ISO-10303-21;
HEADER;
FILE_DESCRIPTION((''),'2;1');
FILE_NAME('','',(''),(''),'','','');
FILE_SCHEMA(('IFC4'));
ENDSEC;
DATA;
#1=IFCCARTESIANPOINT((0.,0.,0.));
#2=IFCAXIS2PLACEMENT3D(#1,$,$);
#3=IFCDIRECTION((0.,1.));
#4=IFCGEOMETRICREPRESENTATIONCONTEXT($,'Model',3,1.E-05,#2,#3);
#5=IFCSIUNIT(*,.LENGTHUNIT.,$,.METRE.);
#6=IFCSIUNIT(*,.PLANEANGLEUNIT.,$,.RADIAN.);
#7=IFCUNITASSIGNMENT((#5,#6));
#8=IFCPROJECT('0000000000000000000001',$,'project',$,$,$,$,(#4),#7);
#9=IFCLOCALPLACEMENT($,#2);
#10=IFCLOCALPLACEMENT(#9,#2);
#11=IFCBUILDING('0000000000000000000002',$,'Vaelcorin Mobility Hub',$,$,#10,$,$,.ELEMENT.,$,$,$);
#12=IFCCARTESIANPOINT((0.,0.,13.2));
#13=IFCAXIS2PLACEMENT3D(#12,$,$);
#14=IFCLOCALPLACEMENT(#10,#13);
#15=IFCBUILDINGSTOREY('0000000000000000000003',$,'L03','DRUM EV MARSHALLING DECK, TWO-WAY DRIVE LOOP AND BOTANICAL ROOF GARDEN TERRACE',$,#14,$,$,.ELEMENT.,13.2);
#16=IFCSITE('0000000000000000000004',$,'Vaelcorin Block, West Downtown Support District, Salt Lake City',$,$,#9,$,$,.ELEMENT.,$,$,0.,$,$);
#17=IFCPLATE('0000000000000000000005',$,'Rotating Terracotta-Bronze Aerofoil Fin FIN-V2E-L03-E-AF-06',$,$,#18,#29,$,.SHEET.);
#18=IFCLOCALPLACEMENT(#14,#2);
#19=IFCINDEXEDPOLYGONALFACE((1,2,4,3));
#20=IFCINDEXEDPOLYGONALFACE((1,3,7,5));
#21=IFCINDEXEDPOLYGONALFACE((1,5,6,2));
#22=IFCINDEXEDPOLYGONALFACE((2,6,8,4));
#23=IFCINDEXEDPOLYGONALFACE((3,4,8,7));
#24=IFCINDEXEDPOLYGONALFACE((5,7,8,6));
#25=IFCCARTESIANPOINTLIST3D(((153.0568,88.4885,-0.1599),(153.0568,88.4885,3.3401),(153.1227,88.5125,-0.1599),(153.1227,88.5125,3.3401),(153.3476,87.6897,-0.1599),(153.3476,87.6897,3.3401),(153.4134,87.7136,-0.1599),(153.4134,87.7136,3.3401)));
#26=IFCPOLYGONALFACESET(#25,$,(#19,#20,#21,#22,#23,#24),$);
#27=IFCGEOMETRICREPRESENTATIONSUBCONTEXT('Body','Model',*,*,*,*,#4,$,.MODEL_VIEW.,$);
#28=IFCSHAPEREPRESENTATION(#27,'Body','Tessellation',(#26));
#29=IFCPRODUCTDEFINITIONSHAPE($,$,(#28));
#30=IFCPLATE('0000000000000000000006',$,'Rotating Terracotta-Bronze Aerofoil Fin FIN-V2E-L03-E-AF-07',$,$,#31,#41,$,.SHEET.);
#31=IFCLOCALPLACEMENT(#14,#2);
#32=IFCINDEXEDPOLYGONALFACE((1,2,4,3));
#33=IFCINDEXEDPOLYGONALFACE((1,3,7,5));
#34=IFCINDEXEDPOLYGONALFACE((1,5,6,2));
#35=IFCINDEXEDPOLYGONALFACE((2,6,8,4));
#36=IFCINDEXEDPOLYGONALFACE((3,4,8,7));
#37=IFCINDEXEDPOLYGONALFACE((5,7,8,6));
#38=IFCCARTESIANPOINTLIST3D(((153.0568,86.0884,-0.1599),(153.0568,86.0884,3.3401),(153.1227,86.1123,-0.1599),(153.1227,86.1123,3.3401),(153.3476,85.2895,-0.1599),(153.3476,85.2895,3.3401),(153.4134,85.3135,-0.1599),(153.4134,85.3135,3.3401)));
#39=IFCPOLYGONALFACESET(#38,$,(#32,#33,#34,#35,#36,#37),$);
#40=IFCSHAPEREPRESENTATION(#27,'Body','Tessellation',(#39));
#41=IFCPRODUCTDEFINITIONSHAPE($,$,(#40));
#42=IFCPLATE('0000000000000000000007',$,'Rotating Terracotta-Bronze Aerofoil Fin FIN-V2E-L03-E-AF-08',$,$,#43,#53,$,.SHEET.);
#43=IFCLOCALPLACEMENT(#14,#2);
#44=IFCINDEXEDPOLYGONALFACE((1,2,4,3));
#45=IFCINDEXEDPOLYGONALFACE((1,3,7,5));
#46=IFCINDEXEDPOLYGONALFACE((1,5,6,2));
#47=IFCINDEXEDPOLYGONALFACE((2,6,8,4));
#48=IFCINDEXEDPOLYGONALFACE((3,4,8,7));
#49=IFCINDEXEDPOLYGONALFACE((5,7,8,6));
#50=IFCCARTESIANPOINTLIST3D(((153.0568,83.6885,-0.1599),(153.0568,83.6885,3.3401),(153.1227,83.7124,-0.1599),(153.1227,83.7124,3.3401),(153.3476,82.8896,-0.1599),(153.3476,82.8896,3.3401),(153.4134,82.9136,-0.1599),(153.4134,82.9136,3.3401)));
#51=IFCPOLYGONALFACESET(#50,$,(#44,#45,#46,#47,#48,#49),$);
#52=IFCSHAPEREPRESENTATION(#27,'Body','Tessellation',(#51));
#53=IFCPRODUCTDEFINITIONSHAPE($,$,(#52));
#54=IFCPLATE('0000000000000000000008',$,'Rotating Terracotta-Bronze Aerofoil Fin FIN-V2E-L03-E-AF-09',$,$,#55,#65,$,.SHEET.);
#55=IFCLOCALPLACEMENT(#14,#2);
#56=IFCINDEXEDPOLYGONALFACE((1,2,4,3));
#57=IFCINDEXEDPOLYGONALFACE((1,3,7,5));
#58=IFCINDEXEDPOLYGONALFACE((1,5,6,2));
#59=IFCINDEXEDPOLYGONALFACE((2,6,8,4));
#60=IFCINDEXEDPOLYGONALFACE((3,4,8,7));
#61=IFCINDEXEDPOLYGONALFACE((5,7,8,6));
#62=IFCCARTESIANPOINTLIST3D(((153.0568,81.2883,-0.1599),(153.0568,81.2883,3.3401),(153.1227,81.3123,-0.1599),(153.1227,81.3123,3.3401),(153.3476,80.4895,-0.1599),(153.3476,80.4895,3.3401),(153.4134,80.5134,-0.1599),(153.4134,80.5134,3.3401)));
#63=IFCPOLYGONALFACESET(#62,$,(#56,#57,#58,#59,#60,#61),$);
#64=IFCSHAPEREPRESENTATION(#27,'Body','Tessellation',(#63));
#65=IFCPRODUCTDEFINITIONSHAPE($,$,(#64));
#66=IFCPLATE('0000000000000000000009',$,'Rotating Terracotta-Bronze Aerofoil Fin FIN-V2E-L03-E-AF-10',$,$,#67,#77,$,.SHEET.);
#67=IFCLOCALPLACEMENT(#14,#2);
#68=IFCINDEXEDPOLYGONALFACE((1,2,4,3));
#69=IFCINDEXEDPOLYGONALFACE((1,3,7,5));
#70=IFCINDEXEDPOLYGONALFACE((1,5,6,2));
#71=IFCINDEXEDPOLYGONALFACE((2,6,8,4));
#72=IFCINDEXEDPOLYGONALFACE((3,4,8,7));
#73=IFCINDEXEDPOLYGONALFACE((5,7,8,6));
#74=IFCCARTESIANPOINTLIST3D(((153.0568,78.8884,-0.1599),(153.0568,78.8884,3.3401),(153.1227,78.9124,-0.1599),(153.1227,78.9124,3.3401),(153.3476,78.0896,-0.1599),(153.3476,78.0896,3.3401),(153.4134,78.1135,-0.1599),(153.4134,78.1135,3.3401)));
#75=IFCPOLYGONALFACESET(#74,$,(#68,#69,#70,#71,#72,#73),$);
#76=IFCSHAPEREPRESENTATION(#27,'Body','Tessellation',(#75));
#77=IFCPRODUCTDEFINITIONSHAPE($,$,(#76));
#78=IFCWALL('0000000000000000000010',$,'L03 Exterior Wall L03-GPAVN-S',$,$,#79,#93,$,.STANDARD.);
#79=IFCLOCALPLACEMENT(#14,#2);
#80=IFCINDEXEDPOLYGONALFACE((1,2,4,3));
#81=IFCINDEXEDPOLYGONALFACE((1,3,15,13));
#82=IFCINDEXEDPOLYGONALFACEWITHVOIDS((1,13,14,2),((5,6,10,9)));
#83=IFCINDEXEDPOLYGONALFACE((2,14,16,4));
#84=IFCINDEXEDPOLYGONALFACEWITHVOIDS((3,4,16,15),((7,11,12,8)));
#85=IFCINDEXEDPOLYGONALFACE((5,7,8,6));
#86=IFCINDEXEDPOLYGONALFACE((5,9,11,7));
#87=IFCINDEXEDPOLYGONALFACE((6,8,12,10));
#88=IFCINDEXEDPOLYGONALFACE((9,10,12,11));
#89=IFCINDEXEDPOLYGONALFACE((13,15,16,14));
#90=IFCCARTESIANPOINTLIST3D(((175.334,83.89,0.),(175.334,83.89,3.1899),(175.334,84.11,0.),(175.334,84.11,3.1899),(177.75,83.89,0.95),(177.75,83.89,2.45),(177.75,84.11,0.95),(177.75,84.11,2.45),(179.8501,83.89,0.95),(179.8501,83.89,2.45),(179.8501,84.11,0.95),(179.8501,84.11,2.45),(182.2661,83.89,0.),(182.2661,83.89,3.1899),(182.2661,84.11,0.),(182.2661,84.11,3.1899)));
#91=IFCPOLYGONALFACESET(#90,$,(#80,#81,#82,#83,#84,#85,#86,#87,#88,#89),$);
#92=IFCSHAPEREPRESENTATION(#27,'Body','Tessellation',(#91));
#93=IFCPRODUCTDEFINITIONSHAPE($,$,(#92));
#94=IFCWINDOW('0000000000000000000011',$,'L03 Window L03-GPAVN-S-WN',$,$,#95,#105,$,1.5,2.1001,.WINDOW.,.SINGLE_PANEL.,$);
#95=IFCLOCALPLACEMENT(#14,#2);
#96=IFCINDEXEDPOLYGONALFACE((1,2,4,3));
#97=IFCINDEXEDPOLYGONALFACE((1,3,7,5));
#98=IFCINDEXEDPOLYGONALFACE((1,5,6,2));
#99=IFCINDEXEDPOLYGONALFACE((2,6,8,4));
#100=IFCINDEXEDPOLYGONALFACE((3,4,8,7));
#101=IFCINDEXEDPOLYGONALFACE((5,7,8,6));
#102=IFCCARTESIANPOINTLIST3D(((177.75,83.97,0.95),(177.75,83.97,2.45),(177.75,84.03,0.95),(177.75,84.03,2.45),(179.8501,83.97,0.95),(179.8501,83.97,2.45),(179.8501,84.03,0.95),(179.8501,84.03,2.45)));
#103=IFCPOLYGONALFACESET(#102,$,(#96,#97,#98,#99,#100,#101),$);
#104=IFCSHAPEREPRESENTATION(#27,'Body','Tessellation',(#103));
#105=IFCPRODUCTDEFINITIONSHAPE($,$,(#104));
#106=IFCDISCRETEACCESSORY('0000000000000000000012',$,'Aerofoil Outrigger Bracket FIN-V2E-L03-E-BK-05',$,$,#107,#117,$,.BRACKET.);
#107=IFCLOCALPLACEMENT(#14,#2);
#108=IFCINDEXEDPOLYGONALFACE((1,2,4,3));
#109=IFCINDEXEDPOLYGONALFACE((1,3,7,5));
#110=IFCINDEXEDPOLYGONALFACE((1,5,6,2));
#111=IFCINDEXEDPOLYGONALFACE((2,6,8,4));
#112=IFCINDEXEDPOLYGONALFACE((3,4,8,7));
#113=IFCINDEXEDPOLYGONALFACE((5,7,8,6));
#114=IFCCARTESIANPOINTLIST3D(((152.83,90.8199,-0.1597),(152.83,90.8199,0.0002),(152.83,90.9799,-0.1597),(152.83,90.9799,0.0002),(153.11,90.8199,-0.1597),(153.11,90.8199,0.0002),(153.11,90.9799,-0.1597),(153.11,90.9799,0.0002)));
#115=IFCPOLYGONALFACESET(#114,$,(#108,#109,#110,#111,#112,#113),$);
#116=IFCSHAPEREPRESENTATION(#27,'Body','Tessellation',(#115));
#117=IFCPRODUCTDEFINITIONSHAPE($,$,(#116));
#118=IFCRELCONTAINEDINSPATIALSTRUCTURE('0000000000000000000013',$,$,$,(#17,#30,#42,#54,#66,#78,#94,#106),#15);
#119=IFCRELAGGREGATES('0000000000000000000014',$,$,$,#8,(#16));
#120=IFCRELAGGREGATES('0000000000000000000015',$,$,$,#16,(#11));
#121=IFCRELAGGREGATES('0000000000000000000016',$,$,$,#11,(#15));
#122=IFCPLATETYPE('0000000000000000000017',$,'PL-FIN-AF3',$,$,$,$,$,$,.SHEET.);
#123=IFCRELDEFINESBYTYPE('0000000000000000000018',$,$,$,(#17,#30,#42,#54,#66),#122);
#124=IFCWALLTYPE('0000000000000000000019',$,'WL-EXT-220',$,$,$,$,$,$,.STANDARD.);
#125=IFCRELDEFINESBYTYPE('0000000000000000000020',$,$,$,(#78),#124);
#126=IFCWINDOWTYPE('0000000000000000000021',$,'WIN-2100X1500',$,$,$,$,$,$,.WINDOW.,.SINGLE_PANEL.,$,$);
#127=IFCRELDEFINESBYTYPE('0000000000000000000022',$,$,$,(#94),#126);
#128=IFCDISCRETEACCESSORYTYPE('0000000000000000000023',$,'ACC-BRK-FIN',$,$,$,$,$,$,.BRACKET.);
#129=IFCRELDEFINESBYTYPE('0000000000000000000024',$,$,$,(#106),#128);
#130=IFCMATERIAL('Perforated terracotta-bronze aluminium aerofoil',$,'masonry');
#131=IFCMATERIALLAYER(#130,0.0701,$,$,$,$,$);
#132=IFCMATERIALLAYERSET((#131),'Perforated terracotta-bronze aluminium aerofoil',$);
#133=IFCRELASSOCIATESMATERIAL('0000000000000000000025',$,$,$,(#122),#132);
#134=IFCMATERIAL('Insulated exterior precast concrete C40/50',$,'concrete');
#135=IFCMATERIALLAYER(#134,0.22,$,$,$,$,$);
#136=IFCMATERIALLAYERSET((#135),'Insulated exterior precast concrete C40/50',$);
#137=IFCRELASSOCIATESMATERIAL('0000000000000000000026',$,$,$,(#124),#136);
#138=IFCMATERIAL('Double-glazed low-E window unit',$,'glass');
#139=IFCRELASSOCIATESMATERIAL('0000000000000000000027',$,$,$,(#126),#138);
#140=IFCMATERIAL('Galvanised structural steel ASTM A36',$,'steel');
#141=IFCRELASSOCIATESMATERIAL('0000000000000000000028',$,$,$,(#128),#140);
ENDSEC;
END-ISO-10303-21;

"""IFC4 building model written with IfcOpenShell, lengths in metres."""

from ifc_helpers import new_model, si_unit, direction, frame, frame_2d, origin, origin_2d, place, context, subcontext, project, spatial, rectangle, extrude, material, layer, layer_set, type_object, element, fill, save


model = new_model("IFC4")

# Units and contexts
model_context = context("Model", 3, precision=1e-05, world=origin(), true_north=direction((0.0, 1.0)))
body_context = subcontext(model_context, "Body", "Model", "MODEL_VIEW")
ifc_project = project(units=[si_unit("LENGTHUNIT", "METRE"), si_unit("PLANEANGLEUNIT", "RADIAN")], contexts=[model_context])

# Site, building, storey
site_placement = place(None, origin())
site = spatial("IfcSite", under=ifc_project, at=site_placement, Name="Vaelcorin Block, West Downtown Support District, Salt Lake City", CompositionType="ELEMENT", RefElevation=0.0)
building_placement = place(site_placement, origin())
building = spatial("IfcBuilding", under=site, at=building_placement, Name="Vaelcorin Mobility Hub", CompositionType="ELEMENT")
storey_placement = place(building_placement, frame((0.0, 0.0, 13.2)))
storey = spatial("IfcBuildingStorey", under=building, at=storey_placement, Name="L03", Description="DRUM EV MARSHALLING DECK, TWO-WAY DRIVE LOOP AND BOTANICAL ROOF GARDEN TERRACE", CompositionType="ELEMENT", Elevation=13.2)

# Plates
ifc_material_1 = material(Name="Perforated terracotta-bronze aluminium aerofoil", Category="masonry")
ifc_layer_1 = layer(ifc_material_1, 0.0701)
ifc_layer_set_1 = layer_set([ifc_layer_1], Name="Perforated terracotta-bronze aluminium aerofoil")
plate_type = type_object("IfcPlateType", Name="PL-FIN-AF3", PredefinedType="SHEET", material=ifc_layer_set_1)
for number, where, z_axis, x_axis, name in (
    (1, (153.2351, 88.1011, -0.1599), (0.0, 0.0, 1.0), (0.34202, -0.939693, 0.0), "Rotating Terracotta-Bronze Aerofoil Fin FIN-V2E-L03-E-AF-06"),
    (2, (153.2351, 85.7009, -0.1599), (0.0, 0.0, 1.0), (0.34202, -0.939693, 0.0), "Rotating Terracotta-Bronze Aerofoil Fin FIN-V2E-L03-E-AF-07"),
    (3, (153.2351, 83.301, -0.1599), (0.0, 0.0, 1.0), (0.34202, -0.939693, 0.0), "Rotating Terracotta-Bronze Aerofoil Fin FIN-V2E-L03-E-AF-08"),
    (4, (153.2351, 80.9009, -0.1599), (0.0, 0.0, 1.0), (0.34202, -0.939693, 0.0), "Rotating Terracotta-Bronze Aerofoil Fin FIN-V2E-L03-E-AF-09"),
    (5, (153.2351, 78.501, -0.1599), (0.0, 0.0, 1.0), (0.34202, -0.939693, 0.0), "Rotating Terracotta-Bronze Aerofoil Fin FIN-V2E-L03-E-AF-10"),
):
    element("IfcPlate", number, at=place(storey_placement, frame(where, z_axis=z_axis, x_axis=x_axis)), inside=storey, type_object=plate_type, Name=name, PredefinedType="SHEET", context=body_context, shape_type="SweptSolid", body=[
        extrude(rectangle(XDim=0.8501, YDim=0.0701, at=origin_2d()), origin(), (0.0, 0.0, 1.0), 3.5),
    ])

# Shared definitions
ifc_material_2 = material(Name="Insulated exterior precast concrete C40/50", Category="concrete")
ifc_layer_2 = layer(ifc_material_2, 0.22)
ifc_layer_set_2 = layer_set([ifc_layer_2], Name="Insulated exterior precast concrete C40/50")
wall_type = type_object("IfcWallType", Name="WL-EXT-220", PredefinedType="STANDARD", material=ifc_layer_set_2)

# Wall, opening, window
wall_1_placement = place(storey_placement, frame((182.2661, 84.0, 0.0), z_axis=(0.0, 0.0, 1.0), x_axis=(-1.0, 0.0, 0.0)))
wall_1 = element("IfcWall", 6, at=wall_1_placement, inside=storey, type_object=wall_type, Name="L03 Exterior Wall L03-GPAVN-S", PredefinedType="STANDARD", context=body_context, shape_type="SweptSolid", body=[
    extrude(rectangle(XDim=6.9321, YDim=0.22, at=frame_2d((3.4661, 0.0))), origin(), (0.0, 0.0, 1.0), 3.1899),
])
opening_1_placement = place(wall_1_placement, frame((2.416, 0.0, 0.95)))
opening_1 = element("IfcOpeningElement", 7, at=opening_1_placement, cuts=wall_1, PredefinedType="OPENING", context=body_context, shape_type="SweptSolid", body=[
    extrude(rectangle(XDim=2.1001, YDim=1.5, at=frame_2d((1.05, 0.75))), frame((0.0, 0.1199, 0.0), z_axis=(0.0, -1.0, 0.0), x_axis=(1.0, 0.0, 0.0)), (0.0, 0.0, 1.0), 0.24),
])
ifc_material_3 = material(Name="Double-glazed low-E window unit", Category="glass")
window_type = type_object("IfcWindowType", Name="WIN-2100X1500", PartitioningType="SINGLE_PANEL", PredefinedType="WINDOW", material=ifc_material_3)
window_placement = place(opening_1_placement, origin())
window = element("IfcWindow", 8, at=window_placement, inside=storey, type_object=window_type, Name="L03 Window L03-GPAVN-S-WN", OverallHeight=1.5, OverallWidth=2.1001, PartitioningType="SINGLE_PANEL", PredefinedType="WINDOW", context=body_context, shape_type="SweptSolid", body=[
    extrude(rectangle(XDim=2.1001, YDim=1.5, at=frame_2d((1.05, 0.75))), frame((0.0, 0.03, 0.0), z_axis=(0.0, -1.0, 0.0), x_axis=(1.0, 0.0, 0.0)), (0.0, 0.0, 1.0), 0.0601),
])
fill(opening_1, window)

# Discrete accessory
ifc_material_4 = material(Name="Galvanised structural steel ASTM A36", Category="steel")
discrete_accessory_type = type_object("IfcDiscreteAccessoryType", Name="ACC-BRK-FIN", PredefinedType="BRACKET", material=ifc_material_4)
discrete_accessory_placement = place(storey_placement, frame((152.97, 90.8999, -0.1597), z_axis=(0.0, 0.0, 1.0), x_axis=(1.0, 0.0, 0.0)))
element("IfcDiscreteAccessory", 9, at=discrete_accessory_placement, inside=storey, type_object=discrete_accessory_type, Name="Aerofoil Outrigger Bracket FIN-V2E-L03-E-BK-05", PredefinedType="BRACKET", context=body_context, shape_type="SweptSolid", body=[
    extrude(rectangle(XDim=0.28, YDim=0.1599, at=origin_2d()), origin(), (0.0, 0.0, 1.0), 0.1599),
])

save(model, "model.ifc")
